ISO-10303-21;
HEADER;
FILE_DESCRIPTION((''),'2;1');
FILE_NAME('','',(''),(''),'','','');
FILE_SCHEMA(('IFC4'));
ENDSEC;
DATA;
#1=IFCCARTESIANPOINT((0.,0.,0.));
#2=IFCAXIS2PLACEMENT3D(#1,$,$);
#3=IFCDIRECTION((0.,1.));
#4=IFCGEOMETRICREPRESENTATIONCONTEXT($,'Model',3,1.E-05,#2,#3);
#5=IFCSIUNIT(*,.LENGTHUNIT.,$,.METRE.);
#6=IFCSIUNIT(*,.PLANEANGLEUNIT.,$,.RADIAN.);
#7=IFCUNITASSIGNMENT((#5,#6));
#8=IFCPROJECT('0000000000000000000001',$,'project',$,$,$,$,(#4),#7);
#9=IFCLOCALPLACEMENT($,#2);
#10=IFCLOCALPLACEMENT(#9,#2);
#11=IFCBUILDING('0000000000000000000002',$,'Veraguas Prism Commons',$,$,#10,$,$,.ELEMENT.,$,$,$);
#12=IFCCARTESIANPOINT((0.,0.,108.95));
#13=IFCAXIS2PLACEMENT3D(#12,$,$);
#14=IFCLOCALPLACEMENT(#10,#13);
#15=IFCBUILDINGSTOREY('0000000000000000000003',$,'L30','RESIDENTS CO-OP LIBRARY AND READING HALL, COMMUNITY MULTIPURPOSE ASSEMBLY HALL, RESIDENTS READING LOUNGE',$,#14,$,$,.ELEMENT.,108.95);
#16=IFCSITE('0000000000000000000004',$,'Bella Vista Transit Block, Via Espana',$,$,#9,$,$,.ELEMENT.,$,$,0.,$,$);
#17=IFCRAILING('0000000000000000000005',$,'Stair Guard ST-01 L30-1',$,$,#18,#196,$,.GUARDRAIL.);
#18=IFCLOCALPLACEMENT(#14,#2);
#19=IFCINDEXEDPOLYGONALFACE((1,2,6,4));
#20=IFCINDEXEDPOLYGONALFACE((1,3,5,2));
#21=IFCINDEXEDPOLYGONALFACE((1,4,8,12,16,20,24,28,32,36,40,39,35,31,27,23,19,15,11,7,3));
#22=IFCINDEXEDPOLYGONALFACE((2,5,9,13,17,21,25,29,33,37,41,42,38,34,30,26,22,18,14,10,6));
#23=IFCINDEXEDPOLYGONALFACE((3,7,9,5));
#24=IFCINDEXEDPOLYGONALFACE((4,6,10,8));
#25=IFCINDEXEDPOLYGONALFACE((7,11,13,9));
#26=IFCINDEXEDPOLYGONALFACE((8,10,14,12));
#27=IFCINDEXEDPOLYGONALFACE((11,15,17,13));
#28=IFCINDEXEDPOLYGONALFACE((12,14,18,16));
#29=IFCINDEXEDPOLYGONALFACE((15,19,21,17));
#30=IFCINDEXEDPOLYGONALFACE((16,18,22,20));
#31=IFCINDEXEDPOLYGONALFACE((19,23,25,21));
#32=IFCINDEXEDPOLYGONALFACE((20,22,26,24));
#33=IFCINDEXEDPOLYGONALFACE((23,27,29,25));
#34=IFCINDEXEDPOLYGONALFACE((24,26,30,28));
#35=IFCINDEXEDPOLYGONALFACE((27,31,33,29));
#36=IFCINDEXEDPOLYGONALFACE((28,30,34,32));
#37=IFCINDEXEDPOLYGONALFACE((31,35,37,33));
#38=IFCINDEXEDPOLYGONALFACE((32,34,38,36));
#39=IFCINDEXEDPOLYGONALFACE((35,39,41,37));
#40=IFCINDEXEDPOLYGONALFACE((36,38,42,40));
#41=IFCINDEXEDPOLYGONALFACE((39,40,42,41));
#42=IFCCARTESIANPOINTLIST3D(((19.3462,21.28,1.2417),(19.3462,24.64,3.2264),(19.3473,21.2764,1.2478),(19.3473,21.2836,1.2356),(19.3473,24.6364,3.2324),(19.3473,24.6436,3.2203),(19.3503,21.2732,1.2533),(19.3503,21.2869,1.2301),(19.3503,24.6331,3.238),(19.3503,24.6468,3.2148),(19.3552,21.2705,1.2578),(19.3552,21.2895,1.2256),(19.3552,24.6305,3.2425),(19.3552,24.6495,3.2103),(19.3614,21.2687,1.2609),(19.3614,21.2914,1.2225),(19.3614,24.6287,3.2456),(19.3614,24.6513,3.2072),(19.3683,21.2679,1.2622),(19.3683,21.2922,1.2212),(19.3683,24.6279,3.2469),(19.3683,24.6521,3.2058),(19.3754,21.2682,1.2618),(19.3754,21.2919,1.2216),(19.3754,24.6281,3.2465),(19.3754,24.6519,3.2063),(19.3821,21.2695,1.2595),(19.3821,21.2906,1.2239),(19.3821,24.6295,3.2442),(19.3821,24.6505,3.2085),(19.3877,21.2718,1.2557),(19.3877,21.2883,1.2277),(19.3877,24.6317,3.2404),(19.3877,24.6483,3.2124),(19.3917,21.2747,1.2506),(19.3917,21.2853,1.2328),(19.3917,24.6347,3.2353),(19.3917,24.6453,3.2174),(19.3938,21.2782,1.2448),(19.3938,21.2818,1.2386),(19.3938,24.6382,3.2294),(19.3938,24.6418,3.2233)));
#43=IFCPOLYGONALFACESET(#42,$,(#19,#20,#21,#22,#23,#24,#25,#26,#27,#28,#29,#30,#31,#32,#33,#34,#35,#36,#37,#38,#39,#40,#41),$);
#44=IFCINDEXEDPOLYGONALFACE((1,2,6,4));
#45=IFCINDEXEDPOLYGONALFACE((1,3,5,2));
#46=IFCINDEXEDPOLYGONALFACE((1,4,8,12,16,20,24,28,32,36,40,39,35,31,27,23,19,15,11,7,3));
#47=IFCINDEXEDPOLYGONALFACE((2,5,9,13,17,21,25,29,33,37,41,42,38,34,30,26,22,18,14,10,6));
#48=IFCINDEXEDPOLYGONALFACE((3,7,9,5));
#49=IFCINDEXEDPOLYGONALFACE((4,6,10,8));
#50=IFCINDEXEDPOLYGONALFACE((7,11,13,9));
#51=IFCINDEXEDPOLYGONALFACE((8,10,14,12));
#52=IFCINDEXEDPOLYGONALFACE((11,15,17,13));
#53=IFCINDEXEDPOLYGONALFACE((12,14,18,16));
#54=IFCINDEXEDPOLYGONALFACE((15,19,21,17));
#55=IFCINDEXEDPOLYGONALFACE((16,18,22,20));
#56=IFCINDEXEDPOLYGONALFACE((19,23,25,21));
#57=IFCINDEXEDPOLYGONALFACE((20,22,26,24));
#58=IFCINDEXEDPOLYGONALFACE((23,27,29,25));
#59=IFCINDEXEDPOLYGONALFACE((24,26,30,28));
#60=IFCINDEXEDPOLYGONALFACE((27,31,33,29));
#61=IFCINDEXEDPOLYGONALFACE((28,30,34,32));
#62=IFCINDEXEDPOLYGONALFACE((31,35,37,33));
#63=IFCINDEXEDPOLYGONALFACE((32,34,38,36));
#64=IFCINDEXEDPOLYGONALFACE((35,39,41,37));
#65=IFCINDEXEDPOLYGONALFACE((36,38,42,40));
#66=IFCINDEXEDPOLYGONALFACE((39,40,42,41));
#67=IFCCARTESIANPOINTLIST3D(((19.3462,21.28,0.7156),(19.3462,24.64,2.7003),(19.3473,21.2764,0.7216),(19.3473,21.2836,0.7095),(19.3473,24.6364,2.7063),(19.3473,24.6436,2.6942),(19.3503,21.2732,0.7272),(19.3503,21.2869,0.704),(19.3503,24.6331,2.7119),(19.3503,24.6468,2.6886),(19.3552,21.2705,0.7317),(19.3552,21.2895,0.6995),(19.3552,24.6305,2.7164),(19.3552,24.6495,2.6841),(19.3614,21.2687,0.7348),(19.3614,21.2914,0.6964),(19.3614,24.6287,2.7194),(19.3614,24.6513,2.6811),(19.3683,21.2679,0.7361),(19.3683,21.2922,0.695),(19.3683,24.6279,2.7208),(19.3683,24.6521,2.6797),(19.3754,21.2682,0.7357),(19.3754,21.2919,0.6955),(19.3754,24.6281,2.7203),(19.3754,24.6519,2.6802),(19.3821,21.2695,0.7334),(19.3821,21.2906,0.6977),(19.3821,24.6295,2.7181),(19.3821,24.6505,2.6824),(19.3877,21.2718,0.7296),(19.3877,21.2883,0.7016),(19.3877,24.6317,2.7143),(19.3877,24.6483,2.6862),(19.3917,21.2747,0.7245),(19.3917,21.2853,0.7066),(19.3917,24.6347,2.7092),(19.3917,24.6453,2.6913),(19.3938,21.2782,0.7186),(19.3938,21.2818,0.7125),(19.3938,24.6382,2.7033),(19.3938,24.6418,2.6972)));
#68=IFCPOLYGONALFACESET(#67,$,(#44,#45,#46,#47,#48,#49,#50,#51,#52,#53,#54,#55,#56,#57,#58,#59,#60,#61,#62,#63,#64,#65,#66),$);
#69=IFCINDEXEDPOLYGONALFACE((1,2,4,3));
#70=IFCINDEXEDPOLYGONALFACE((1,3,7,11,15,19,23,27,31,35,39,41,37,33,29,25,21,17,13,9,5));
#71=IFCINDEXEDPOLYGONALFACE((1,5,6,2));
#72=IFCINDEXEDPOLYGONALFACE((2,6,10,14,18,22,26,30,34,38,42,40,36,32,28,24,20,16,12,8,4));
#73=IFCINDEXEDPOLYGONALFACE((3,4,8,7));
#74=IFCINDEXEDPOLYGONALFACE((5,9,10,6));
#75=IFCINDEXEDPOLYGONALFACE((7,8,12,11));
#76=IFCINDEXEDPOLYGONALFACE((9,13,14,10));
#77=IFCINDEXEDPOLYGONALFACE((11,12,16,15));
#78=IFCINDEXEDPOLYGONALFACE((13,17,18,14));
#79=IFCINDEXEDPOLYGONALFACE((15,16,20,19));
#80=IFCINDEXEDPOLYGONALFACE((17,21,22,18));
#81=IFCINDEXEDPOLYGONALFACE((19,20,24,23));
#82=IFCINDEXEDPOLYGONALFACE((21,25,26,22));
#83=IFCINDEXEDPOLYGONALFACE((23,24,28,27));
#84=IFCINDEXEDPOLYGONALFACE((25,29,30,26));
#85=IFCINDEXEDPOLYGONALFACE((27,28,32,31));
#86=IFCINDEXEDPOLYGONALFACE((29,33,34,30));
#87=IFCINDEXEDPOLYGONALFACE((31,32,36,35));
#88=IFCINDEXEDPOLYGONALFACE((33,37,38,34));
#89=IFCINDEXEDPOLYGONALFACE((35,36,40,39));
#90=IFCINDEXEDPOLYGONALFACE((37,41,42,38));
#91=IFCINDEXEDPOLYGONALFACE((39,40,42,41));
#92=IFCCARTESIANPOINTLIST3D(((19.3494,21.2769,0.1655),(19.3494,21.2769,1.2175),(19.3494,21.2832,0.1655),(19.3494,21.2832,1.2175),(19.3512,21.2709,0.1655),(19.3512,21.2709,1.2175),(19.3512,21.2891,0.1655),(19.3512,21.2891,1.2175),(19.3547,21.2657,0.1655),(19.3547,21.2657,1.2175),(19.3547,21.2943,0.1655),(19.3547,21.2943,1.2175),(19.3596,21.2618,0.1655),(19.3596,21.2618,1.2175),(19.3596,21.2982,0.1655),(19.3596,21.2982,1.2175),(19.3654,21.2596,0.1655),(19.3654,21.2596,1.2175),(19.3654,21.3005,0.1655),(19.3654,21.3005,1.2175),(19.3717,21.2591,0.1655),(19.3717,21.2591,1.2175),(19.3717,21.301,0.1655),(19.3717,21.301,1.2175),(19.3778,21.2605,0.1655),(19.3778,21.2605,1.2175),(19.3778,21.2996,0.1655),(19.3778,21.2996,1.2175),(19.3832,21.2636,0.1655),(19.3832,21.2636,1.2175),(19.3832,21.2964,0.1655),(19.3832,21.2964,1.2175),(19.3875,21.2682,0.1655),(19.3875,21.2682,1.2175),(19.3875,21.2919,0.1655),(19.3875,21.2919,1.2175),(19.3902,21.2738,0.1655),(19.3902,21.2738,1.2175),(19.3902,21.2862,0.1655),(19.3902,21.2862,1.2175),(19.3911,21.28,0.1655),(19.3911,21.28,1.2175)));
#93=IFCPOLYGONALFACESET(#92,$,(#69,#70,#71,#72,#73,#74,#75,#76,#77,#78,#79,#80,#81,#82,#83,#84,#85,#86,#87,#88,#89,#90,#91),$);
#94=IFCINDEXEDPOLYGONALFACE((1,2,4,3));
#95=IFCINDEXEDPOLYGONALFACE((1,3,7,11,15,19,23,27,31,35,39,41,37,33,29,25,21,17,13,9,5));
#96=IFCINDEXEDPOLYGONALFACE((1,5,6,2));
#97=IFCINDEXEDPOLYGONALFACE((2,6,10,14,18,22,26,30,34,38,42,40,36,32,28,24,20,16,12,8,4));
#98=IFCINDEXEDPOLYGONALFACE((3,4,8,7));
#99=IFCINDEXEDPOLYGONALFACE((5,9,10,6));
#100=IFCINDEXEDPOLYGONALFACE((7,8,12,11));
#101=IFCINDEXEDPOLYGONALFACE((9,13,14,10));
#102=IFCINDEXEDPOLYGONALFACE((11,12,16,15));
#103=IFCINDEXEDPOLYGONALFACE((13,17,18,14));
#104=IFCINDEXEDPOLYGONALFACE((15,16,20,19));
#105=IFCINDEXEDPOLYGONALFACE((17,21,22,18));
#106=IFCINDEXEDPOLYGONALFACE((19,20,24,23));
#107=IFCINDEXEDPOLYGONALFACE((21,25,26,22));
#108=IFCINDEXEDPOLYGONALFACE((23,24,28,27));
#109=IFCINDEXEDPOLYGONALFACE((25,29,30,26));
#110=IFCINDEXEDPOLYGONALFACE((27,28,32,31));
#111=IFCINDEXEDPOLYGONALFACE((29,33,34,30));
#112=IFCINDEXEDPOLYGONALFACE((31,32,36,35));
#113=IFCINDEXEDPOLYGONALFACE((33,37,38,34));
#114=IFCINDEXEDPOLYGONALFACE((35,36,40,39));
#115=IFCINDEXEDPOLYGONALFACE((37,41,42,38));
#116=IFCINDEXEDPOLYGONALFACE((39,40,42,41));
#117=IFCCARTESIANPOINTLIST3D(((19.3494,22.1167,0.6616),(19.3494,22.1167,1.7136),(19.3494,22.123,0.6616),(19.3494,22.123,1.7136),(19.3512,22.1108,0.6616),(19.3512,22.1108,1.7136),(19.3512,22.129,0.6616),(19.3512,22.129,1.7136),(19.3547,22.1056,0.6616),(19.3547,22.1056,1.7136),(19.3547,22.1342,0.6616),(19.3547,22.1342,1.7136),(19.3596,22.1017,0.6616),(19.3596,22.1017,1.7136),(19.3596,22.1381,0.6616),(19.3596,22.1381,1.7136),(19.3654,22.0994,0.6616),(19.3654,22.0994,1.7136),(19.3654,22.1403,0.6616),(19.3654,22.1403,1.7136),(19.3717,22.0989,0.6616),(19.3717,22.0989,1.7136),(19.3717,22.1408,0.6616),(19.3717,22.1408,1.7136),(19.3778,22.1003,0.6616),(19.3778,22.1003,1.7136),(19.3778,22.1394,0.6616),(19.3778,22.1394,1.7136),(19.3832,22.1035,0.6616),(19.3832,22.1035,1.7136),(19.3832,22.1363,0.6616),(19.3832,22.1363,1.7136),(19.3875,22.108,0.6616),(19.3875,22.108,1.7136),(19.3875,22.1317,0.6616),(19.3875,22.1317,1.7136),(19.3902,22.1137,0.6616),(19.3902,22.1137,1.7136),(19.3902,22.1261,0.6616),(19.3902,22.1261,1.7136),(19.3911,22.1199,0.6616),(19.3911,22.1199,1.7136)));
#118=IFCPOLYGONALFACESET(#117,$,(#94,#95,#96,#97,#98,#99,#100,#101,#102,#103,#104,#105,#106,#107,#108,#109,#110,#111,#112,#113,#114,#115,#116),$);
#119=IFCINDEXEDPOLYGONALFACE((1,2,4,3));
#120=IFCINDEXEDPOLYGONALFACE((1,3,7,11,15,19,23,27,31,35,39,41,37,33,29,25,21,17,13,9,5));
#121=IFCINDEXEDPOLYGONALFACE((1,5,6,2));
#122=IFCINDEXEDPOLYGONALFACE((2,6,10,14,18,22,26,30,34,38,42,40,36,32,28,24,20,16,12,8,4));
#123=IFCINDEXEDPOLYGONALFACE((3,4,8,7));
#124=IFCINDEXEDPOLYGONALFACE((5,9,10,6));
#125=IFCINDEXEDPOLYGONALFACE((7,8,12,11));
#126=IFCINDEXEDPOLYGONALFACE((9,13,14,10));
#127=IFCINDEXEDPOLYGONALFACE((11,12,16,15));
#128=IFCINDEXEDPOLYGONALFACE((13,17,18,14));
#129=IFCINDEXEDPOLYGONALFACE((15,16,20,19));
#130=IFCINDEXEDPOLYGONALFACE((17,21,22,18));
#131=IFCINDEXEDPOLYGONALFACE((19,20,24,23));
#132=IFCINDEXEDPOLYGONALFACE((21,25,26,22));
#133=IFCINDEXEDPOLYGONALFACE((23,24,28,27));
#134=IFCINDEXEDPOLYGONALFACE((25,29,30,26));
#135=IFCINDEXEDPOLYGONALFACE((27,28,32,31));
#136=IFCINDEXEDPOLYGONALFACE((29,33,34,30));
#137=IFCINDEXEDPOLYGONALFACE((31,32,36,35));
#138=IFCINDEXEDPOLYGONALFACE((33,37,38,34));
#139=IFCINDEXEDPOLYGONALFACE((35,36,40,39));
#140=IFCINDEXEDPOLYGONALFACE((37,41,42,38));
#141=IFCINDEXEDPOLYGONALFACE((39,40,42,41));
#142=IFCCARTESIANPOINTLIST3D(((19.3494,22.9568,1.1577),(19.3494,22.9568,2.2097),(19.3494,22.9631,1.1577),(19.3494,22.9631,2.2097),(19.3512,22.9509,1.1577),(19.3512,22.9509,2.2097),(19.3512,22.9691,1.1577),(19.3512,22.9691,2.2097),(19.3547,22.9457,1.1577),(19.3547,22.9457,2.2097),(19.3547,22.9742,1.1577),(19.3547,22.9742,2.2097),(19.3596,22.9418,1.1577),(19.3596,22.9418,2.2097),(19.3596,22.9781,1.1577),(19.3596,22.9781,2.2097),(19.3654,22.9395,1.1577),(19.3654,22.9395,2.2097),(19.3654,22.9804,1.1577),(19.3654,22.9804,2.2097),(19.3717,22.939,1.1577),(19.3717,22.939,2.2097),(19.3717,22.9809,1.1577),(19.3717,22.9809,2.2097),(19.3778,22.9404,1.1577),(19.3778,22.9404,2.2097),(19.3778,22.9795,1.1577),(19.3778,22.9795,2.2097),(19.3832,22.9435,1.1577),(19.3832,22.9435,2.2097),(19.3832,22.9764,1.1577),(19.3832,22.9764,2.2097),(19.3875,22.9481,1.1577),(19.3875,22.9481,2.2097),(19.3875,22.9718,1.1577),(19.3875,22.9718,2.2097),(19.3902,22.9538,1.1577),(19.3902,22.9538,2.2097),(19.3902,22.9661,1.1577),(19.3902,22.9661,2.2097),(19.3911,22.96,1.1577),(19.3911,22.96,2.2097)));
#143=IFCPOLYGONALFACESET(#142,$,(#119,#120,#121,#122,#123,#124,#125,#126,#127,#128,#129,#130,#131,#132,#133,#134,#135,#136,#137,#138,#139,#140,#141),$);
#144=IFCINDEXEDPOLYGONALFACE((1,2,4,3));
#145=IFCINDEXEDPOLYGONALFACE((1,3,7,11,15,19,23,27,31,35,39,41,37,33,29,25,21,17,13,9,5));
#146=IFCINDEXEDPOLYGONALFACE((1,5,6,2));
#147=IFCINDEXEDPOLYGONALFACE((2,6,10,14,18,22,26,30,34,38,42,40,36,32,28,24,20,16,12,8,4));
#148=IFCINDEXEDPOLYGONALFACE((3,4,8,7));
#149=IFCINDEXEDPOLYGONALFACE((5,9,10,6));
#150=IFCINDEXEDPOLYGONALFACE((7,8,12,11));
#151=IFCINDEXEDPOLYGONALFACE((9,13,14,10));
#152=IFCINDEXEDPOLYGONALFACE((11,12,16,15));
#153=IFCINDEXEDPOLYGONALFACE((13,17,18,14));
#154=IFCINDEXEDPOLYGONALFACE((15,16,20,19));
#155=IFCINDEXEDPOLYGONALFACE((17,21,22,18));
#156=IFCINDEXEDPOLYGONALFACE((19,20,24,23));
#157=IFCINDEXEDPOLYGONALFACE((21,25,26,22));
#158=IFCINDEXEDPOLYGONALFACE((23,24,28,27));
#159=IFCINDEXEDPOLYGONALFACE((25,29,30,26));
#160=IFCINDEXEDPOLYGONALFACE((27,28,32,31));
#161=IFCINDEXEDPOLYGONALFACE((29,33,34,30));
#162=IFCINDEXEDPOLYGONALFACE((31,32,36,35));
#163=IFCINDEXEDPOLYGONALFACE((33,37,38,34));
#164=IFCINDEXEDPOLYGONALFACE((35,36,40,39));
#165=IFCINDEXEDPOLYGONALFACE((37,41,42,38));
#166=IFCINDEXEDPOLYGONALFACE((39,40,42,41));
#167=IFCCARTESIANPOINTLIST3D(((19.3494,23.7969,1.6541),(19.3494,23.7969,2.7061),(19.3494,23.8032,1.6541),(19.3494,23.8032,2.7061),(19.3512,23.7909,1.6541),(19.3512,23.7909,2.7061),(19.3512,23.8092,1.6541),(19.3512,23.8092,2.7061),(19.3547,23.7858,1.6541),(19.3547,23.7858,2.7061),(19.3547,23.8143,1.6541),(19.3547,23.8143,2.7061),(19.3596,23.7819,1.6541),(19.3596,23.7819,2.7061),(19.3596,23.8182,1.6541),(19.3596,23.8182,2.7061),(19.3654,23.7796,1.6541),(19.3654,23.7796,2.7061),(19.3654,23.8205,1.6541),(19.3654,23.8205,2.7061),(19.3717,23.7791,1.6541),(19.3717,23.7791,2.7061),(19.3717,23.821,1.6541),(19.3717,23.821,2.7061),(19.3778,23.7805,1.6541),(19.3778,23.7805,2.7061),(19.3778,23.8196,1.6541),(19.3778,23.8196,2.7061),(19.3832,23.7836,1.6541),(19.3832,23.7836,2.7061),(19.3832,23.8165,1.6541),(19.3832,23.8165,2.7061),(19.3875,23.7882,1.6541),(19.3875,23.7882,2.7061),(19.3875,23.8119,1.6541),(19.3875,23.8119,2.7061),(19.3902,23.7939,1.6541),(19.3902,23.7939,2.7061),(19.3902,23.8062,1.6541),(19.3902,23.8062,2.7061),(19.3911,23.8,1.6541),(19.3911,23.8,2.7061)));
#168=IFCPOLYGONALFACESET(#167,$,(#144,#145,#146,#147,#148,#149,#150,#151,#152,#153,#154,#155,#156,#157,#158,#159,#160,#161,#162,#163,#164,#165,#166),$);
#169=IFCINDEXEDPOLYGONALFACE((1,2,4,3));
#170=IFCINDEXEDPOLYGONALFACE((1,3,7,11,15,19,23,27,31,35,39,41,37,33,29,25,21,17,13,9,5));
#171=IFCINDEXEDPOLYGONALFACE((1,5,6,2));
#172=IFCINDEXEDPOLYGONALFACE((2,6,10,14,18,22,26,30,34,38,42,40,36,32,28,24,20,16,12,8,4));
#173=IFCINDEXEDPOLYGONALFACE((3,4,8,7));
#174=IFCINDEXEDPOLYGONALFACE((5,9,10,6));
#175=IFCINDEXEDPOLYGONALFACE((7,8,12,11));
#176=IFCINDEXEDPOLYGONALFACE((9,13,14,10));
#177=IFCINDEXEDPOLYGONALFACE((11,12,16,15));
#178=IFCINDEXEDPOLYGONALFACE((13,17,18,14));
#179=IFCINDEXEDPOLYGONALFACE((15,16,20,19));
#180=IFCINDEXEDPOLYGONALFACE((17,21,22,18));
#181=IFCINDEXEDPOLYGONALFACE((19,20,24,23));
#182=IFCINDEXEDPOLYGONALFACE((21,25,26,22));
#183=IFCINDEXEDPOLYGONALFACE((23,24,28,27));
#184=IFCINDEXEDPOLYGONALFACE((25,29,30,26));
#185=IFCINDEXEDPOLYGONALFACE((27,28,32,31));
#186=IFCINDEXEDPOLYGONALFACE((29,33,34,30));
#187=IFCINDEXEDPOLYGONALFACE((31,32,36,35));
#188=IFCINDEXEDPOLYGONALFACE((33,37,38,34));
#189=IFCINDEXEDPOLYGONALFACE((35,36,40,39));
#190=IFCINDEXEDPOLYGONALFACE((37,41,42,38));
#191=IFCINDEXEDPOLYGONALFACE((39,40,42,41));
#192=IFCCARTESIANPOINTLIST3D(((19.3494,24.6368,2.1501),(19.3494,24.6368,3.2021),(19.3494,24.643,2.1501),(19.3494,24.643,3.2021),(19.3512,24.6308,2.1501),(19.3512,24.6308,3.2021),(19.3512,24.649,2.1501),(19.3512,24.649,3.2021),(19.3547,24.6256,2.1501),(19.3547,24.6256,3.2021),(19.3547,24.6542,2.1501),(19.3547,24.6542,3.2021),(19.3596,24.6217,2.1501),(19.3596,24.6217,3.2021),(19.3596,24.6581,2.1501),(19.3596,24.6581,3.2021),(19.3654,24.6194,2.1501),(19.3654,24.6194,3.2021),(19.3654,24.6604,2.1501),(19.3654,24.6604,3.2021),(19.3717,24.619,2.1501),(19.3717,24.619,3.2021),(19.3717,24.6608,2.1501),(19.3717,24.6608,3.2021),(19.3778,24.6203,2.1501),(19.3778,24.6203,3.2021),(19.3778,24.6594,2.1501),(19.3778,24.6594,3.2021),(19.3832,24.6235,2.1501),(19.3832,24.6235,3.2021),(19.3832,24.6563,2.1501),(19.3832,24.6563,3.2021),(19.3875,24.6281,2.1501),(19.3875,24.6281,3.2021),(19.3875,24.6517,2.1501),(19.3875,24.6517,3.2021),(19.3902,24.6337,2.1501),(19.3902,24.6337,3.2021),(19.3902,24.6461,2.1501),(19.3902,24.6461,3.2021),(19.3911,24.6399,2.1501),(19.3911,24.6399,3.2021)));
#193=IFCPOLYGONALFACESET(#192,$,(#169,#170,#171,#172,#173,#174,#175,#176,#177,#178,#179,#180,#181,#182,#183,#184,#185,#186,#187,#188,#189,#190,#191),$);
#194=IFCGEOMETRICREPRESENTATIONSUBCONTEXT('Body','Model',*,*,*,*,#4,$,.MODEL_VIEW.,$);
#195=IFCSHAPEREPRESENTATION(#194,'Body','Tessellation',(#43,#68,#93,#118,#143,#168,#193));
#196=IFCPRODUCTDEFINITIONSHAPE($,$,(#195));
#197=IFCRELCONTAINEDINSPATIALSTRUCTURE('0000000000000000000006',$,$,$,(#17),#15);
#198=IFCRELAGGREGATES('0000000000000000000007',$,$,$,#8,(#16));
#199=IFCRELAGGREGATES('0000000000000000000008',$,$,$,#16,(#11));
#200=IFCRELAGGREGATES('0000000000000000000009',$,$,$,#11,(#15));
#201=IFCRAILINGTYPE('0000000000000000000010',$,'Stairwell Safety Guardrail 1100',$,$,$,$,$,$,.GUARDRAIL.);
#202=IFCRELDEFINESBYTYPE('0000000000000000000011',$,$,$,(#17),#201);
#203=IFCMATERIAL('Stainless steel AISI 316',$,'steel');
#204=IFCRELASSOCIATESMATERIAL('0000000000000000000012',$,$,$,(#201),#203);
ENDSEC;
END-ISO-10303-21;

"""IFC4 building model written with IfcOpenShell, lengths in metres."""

from ifc_helpers import new_model, si_unit, direction, frame, origin, origin_2d, place, context, subcontext, project, spatial, circle, extrude, material, type_object, element, save


model = new_model("IFC4")

# Units and contexts
model_context = context("Model", 3, precision=1e-05, world=origin(), true_north=direction((0.0, 1.0)))
body_context = subcontext(model_context, "Body", "Model", "MODEL_VIEW")
ifc_project = project(units=[si_unit("LENGTHUNIT", "METRE"), si_unit("PLANEANGLEUNIT", "RADIAN")], contexts=[model_context])

# Site, building, storey
site_placement = place(None, origin())
site = spatial("IfcSite", under=ifc_project, at=site_placement, Name="Bella Vista Transit Block, Via Espana", CompositionType="ELEMENT", RefElevation=0.0)
building_placement = place(site_placement, origin())
building = spatial("IfcBuilding", under=site, at=building_placement, Name="Veraguas Prism Commons", CompositionType="ELEMENT")
storey_placement = place(building_placement, frame((0.0, 0.0, 108.95)))
storey = spatial("IfcBuildingStorey", under=building, at=storey_placement, Name="L30", Description="RESIDENTS CO-OP LIBRARY AND READING HALL, COMMUNITY MULTIPURPOSE ASSEMBLY HALL, RESIDENTS READING LOUNGE", CompositionType="ELEMENT", Elevation=108.95)

# Railing
ifc_material_1 = material(Name="Stainless steel AISI 316", Category="steel")
railing_type = type_object("IfcRailingType", Name="Stairwell Safety Guardrail 1100", PredefinedType="GUARDRAIL", material=ifc_material_1)
railing_1_placement = place(storey_placement, frame((19.3701, 21.28, 0.1655)))
element("IfcRailing", 1, at=railing_1_placement, inside=storey, type_object=railing_type, Name="Stair Guard ST-01 L30-1", PredefinedType="GUARDRAIL", context=body_context, shape_type="SweptSolid", body=[
    extrude(circle(Radius=0.0239, at=origin_2d()), frame((0.0, 0.0, 1.0762), z_axis=(0.0, 0.861011, 0.508586), x_axis=(-1.0, 0.0, 0.0)), (0.0, 0.0, 1.0), 3.9023),
    extrude(circle(Radius=0.0239, at=origin_2d()), frame((0.0, 0.0, 0.55), z_axis=(0.0, 0.861011, 0.508586), x_axis=(-1.0, 0.0, 0.0)), (0.0, 0.0, 1.0), 3.9023),
    extrude(circle(Radius=0.021, at=origin_2d()), origin(), (0.0, 0.0, 1.0), 1.052),
    extrude(circle(Radius=0.021, at=origin_2d()), frame((0.0, 0.8398, 0.4961)), (0.0, 0.0, 1.0), 1.052),
    extrude(circle(Radius=0.021, at=origin_2d()), frame((0.0, 1.6799, 0.9922)), (0.0, 0.0, 1.0), 1.052),
    extrude(circle(Radius=0.021, at=origin_2d()), frame((0.0, 2.52, 1.4885)), (0.0, 0.0, 1.0), 1.052),
    extrude(circle(Radius=0.021, at=origin_2d()), frame((0.0, 3.3599, 1.9846)), (0.0, 0.0, 1.0), 1.052),
])

save(model, "model.ifc")
